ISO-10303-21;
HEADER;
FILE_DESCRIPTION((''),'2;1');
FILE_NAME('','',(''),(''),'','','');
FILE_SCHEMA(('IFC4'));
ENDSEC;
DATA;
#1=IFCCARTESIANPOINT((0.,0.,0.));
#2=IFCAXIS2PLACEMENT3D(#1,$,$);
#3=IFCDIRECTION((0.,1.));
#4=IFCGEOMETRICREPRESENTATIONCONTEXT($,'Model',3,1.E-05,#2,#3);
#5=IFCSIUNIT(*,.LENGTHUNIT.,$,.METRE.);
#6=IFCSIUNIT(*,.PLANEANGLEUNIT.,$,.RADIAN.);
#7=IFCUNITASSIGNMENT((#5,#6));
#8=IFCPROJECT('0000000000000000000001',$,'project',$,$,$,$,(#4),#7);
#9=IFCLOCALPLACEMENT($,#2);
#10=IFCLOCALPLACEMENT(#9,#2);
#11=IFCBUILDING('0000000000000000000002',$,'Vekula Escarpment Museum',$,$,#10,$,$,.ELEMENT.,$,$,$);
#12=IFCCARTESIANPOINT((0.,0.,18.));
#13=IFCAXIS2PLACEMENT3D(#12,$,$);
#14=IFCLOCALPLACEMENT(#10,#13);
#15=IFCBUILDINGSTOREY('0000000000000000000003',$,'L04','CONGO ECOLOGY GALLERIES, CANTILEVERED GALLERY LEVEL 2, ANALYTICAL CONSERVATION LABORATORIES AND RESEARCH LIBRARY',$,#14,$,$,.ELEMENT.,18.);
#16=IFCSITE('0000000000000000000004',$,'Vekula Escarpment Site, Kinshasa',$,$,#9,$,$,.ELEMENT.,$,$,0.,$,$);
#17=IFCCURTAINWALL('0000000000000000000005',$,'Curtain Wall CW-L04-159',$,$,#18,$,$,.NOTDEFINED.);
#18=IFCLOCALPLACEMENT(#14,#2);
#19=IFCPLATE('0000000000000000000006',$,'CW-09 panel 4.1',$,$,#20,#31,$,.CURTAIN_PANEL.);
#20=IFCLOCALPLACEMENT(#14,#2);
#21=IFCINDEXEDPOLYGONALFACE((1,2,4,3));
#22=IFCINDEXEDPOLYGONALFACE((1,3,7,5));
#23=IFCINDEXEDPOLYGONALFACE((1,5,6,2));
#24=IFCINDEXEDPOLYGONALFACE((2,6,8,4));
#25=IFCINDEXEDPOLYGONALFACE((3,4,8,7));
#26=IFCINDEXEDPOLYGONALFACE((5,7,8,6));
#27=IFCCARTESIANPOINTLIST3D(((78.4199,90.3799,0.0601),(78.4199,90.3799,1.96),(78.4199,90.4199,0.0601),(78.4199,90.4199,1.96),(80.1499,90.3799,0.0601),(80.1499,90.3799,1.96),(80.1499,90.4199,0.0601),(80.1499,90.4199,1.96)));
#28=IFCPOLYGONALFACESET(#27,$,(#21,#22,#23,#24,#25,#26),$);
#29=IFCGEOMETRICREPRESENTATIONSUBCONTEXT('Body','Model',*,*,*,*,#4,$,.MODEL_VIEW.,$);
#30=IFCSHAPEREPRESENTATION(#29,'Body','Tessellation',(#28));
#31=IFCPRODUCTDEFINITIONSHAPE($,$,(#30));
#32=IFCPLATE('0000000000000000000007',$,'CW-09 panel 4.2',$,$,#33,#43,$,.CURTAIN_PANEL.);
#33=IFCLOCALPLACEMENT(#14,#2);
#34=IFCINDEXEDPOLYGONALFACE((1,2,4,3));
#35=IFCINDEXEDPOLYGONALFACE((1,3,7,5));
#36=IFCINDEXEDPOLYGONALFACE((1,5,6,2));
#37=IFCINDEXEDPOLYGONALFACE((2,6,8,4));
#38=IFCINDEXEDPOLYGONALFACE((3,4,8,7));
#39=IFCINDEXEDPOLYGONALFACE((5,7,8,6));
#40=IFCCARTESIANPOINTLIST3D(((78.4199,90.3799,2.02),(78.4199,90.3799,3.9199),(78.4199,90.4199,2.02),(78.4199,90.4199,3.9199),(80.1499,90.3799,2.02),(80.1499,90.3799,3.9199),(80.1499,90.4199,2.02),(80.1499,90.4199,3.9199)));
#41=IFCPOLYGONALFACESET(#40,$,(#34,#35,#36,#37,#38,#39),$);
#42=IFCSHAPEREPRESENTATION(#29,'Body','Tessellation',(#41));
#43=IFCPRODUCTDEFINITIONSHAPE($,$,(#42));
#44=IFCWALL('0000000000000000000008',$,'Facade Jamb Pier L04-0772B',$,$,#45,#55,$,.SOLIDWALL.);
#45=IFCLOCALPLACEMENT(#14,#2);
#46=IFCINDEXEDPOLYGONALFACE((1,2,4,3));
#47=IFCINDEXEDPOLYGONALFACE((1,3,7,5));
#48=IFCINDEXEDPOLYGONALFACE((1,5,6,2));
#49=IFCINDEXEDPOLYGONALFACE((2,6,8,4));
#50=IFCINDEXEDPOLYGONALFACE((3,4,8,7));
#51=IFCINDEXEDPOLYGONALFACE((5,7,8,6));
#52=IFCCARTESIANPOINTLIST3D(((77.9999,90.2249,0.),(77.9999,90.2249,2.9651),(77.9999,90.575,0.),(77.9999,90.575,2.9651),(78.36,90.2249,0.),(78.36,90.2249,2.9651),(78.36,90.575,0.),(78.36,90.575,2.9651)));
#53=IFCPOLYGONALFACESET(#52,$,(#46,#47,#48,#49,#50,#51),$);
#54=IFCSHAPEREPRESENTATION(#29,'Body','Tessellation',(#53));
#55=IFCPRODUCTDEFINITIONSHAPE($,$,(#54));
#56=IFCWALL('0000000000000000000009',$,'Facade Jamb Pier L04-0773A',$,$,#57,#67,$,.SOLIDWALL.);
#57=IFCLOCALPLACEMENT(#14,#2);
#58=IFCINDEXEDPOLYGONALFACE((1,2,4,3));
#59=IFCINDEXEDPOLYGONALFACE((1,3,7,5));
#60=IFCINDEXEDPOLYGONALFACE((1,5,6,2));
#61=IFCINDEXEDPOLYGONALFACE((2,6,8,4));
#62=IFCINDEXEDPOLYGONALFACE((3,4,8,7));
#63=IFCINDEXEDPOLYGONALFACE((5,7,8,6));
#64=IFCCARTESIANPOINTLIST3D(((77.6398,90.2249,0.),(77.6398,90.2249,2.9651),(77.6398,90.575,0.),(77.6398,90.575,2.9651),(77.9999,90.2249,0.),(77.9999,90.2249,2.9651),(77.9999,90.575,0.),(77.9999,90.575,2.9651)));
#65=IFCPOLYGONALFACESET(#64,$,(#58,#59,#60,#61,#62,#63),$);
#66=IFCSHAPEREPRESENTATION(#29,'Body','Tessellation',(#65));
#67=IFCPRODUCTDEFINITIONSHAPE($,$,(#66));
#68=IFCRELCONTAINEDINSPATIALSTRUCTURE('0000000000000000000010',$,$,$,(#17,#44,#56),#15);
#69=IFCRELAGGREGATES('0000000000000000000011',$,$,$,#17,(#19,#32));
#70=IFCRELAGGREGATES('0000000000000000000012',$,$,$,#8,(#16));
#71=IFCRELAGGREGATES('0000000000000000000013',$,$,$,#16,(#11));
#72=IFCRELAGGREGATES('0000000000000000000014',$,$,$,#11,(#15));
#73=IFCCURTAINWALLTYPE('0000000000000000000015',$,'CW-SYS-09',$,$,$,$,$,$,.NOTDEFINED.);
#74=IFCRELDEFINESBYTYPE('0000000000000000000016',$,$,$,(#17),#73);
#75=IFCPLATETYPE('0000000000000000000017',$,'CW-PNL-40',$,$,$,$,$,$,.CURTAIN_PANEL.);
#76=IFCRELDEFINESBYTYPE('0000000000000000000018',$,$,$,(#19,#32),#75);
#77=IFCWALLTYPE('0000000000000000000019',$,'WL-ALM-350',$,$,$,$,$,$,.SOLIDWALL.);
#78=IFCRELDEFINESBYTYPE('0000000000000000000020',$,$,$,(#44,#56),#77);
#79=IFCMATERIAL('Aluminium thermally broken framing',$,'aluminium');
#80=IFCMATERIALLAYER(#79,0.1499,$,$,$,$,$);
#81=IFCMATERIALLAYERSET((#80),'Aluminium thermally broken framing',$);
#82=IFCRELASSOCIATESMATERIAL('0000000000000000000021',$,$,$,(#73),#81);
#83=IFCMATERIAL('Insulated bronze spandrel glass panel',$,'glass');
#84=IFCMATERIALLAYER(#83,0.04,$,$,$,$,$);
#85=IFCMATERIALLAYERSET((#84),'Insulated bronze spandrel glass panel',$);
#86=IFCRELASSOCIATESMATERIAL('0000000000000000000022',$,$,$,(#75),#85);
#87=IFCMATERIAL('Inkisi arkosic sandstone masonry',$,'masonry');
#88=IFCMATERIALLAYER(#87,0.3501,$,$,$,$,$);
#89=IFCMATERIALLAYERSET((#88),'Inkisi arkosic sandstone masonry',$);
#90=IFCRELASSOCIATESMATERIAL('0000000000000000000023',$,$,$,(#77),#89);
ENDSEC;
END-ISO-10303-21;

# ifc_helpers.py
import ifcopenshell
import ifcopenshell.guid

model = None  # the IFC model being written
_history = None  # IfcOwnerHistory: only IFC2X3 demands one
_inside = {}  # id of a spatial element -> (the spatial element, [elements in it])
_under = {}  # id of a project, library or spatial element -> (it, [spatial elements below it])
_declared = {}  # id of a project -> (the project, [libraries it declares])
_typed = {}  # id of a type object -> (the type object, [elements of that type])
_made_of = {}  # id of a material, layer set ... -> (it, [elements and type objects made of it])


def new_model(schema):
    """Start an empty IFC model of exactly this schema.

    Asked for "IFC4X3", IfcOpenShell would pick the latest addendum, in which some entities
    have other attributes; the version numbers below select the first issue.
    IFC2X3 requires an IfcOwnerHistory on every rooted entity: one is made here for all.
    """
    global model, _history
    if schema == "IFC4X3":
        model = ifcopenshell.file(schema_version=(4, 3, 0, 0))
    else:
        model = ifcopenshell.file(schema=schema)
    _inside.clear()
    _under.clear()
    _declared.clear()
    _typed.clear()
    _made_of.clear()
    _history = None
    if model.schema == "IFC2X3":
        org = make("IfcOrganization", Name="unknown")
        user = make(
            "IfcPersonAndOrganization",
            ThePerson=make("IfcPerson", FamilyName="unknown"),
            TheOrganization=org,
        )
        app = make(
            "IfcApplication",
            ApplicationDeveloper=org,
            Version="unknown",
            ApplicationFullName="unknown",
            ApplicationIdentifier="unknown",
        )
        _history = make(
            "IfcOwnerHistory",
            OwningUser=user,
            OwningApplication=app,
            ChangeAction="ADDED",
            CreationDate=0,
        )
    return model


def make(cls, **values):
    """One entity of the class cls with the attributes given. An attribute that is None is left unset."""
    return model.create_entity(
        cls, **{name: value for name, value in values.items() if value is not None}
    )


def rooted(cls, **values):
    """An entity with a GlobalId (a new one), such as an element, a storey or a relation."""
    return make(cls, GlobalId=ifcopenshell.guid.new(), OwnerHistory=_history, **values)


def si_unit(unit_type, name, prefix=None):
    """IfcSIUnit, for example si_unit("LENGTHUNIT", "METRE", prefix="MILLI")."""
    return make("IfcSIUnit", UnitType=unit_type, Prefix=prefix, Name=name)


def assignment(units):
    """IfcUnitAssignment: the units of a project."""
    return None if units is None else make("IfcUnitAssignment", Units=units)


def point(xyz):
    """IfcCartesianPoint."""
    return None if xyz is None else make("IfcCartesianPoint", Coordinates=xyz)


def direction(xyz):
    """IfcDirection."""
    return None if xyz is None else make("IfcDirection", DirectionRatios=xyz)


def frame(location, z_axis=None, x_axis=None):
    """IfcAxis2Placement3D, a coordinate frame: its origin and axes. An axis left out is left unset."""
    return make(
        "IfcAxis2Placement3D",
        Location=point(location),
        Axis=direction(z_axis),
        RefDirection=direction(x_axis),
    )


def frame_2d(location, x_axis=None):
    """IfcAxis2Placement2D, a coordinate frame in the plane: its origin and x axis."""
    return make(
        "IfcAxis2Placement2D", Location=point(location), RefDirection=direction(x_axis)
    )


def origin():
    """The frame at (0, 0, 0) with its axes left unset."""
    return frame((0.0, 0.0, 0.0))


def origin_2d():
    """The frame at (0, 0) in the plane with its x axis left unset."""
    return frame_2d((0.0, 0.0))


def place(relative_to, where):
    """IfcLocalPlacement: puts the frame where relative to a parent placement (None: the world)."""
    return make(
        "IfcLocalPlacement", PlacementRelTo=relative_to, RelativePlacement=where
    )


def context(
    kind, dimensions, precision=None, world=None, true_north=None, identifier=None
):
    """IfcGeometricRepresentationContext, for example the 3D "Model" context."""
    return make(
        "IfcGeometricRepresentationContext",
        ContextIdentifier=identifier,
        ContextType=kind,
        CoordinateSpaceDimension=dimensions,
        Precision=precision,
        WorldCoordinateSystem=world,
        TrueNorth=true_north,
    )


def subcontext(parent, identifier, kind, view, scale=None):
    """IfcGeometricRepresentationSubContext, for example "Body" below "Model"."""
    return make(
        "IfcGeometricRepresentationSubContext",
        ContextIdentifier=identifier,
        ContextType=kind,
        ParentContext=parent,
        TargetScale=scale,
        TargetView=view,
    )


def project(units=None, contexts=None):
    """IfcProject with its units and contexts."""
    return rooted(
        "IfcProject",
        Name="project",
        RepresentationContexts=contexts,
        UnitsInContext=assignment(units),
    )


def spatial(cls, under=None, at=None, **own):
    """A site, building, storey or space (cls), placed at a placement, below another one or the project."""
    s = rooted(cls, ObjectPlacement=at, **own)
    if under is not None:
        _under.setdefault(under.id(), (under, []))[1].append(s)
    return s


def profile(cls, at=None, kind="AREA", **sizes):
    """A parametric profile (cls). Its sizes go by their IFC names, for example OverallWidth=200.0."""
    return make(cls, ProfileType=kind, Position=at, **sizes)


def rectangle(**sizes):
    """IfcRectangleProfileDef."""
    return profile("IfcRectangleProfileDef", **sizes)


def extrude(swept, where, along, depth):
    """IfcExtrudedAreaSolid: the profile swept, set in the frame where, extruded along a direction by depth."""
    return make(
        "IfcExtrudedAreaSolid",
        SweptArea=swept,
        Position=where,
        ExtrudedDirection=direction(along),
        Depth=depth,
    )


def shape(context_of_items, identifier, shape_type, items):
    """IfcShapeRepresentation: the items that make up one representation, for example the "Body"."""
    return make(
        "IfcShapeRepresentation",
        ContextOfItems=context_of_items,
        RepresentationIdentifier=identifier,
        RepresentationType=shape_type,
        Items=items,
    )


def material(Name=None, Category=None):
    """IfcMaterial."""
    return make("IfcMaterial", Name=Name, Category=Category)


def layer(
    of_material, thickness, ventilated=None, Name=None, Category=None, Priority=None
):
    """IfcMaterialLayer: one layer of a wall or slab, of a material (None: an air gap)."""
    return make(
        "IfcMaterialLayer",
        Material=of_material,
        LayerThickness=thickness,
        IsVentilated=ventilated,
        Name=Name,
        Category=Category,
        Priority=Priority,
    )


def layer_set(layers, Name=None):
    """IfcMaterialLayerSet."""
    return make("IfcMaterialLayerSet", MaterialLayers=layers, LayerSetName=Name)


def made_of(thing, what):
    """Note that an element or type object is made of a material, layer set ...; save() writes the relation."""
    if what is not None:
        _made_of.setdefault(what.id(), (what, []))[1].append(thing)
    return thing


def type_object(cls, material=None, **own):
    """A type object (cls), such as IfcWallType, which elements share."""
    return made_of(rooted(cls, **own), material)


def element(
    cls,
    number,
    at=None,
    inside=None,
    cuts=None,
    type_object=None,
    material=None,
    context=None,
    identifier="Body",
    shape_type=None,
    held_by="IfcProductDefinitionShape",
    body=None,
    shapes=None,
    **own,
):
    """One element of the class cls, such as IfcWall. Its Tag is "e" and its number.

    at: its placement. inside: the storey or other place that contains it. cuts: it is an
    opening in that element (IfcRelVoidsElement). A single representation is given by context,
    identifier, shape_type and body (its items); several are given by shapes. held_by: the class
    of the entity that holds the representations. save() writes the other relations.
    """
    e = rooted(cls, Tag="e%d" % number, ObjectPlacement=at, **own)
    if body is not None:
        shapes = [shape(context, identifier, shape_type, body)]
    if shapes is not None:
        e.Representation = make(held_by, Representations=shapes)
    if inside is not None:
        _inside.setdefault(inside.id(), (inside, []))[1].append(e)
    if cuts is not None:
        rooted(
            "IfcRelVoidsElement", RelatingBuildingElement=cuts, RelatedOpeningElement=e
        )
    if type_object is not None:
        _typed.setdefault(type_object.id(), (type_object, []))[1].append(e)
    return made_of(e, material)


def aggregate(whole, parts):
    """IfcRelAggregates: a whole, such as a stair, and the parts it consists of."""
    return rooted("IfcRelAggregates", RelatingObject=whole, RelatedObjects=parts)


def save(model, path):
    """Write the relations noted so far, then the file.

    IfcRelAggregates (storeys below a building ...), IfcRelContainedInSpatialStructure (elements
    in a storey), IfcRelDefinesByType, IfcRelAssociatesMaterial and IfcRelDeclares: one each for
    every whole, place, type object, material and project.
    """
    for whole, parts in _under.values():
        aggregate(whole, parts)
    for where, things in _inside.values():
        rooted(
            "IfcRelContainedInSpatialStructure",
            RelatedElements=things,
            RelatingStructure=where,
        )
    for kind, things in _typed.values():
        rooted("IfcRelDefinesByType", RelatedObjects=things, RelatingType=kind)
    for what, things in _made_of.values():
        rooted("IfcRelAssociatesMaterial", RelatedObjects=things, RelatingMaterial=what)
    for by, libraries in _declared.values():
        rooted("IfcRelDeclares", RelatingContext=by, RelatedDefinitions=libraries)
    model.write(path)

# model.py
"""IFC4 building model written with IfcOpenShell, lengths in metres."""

from ifc_helpers import new_model, si_unit, direction, frame, frame_2d, origin, origin_2d, place, context, subcontext, project, spatial, rectangle, extrude, material, layer, layer_set, type_object, element, aggregate, save


model = new_model("IFC4")

# Units and contexts
model_context = context("Model", 3, precision=1e-05, world=origin(), true_north=direction((0.0, 1.0)))
body_context = subcontext(model_context, "Body", "Model", "MODEL_VIEW")
ifc_project = project(units=[si_unit("LENGTHUNIT", "METRE"), si_unit("PLANEANGLEUNIT", "RADIAN")], contexts=[model_context])

# Site, building, storey
site_placement = place(None, origin())
site = spatial("IfcSite", under=ifc_project, at=site_placement, Name="Vekula Escarpment Site, Kinshasa", CompositionType="ELEMENT", RefElevation=0.0)
building_placement = place(site_placement, origin())
building = spatial("IfcBuilding", under=site, at=building_placement, Name="Vekula Escarpment Museum", CompositionType="ELEMENT")
storey_placement = place(building_placement, frame((0.0, 0.0, 18.0)))
storey = spatial("IfcBuildingStorey", under=building, at=storey_placement, Name="L04", Description="CONGO ECOLOGY GALLERIES, CANTILEVERED GALLERY LEVEL 2, ANALYTICAL CONSERVATION LABORATORIES AND RESEARCH LIBRARY", CompositionType="ELEMENT", Elevation=18.0)

# Curtain wall
ifc_material_1 = material(Name="Aluminium thermally broken framing", Category="aluminium")
ifc_layer_1 = layer(ifc_material_1, 0.1499)
ifc_layer_set_1 = layer_set([ifc_layer_1], Name="Aluminium thermally broken framing")
curtain_wall_type_1 = type_object("IfcCurtainWallType", Name="CW-SYS-09", PredefinedType="NOTDEFINED", material=ifc_layer_set_1)
curtain_wall_1_placement = place(storey_placement, origin())
curtain_wall_1 = element("IfcCurtainWall", 1, at=curtain_wall_1_placement, inside=storey, type_object=curtain_wall_type_1, Name="Curtain Wall CW-L04-159", PredefinedType="NOTDEFINED")

# Plates
ifc_material_2 = material(Name="Insulated bronze spandrel glass panel", Category="glass")
ifc_layer_2 = layer(ifc_material_2, 0.04)
ifc_layer_set_2 = layer_set([ifc_layer_2], Name="Insulated bronze spandrel glass panel")
plate_type = type_object("IfcPlateType", Name="CW-PNL-40", PredefinedType="CURTAIN_PANEL", material=ifc_layer_set_2)
plate_1_placement = place(storey_placement, frame((79.2849, 90.3999, 0.0601), z_axis=(0.0, 0.0, 1.0), x_axis=(-1.0, 0.0, 0.0)))
plate_1 = element("IfcPlate", 2, at=plate_1_placement, type_object=plate_type, Name="CW-09 panel 4.1", PredefinedType="CURTAIN_PANEL", context=body_context, shape_type="SweptSolid", body=[
    extrude(rectangle(XDim=1.73, YDim=0.04, at=origin_2d()), origin(), (0.0, 0.0, 1.0), 1.8999),
])
plate_2_placement = place(storey_placement, frame((79.2849, 90.3999, 2.02), z_axis=(0.0, 0.0, 1.0), x_axis=(-1.0, 0.0, 0.0)))
plate_2 = element("IfcPlate", 3, at=plate_2_placement, type_object=plate_type, Name="CW-09 panel 4.2", PredefinedType="CURTAIN_PANEL", context=body_context, shape_type="SweptSolid", body=[
    extrude(rectangle(XDim=1.73, YDim=0.04, at=origin_2d()), origin(), (0.0, 0.0, 1.0), 1.8999),
])
aggregate(curtain_wall_1, [plate_1, plate_2])

# Walls
ifc_material_3 = material(Name="Inkisi arkosic sandstone masonry", Category="masonry")
ifc_layer_3 = layer(ifc_material_3, 0.3501)
ifc_layer_set_3 = layer_set([ifc_layer_3], Name="Inkisi arkosic sandstone masonry")
wall_type = type_object("IfcWallType", Name="WL-ALM-350", PredefinedType="SOLIDWALL", material=ifc_layer_set_3)
for number, where, z_axis, x_axis, name in (
    (4, (78.3601, 90.3999, 0.0), (0.0, 0.0, 1.0), (-1.0, 0.0, 0.0), "Facade Jamb Pier L04-0772B"),
    (5, (78.0, 90.3999, 0.0), (0.0, 0.0, 1.0), (-1.0, 0.0, 0.0), "Facade Jamb Pier L04-0773A"),
):
    element("IfcWall", number, at=place(storey_placement, frame(where, z_axis=z_axis, x_axis=x_axis)), inside=storey, type_object=wall_type, Name=name, PredefinedType="SOLIDWALL", context=body_context, shape_type="SweptSolid", body=[
        extrude(rectangle(XDim=0.3601, YDim=0.3501, at=frame_2d((0.1802, 0.0))), origin(), (0.0, 0.0, 1.0), 2.9651),
    ])

save(model, "model.ifc")
